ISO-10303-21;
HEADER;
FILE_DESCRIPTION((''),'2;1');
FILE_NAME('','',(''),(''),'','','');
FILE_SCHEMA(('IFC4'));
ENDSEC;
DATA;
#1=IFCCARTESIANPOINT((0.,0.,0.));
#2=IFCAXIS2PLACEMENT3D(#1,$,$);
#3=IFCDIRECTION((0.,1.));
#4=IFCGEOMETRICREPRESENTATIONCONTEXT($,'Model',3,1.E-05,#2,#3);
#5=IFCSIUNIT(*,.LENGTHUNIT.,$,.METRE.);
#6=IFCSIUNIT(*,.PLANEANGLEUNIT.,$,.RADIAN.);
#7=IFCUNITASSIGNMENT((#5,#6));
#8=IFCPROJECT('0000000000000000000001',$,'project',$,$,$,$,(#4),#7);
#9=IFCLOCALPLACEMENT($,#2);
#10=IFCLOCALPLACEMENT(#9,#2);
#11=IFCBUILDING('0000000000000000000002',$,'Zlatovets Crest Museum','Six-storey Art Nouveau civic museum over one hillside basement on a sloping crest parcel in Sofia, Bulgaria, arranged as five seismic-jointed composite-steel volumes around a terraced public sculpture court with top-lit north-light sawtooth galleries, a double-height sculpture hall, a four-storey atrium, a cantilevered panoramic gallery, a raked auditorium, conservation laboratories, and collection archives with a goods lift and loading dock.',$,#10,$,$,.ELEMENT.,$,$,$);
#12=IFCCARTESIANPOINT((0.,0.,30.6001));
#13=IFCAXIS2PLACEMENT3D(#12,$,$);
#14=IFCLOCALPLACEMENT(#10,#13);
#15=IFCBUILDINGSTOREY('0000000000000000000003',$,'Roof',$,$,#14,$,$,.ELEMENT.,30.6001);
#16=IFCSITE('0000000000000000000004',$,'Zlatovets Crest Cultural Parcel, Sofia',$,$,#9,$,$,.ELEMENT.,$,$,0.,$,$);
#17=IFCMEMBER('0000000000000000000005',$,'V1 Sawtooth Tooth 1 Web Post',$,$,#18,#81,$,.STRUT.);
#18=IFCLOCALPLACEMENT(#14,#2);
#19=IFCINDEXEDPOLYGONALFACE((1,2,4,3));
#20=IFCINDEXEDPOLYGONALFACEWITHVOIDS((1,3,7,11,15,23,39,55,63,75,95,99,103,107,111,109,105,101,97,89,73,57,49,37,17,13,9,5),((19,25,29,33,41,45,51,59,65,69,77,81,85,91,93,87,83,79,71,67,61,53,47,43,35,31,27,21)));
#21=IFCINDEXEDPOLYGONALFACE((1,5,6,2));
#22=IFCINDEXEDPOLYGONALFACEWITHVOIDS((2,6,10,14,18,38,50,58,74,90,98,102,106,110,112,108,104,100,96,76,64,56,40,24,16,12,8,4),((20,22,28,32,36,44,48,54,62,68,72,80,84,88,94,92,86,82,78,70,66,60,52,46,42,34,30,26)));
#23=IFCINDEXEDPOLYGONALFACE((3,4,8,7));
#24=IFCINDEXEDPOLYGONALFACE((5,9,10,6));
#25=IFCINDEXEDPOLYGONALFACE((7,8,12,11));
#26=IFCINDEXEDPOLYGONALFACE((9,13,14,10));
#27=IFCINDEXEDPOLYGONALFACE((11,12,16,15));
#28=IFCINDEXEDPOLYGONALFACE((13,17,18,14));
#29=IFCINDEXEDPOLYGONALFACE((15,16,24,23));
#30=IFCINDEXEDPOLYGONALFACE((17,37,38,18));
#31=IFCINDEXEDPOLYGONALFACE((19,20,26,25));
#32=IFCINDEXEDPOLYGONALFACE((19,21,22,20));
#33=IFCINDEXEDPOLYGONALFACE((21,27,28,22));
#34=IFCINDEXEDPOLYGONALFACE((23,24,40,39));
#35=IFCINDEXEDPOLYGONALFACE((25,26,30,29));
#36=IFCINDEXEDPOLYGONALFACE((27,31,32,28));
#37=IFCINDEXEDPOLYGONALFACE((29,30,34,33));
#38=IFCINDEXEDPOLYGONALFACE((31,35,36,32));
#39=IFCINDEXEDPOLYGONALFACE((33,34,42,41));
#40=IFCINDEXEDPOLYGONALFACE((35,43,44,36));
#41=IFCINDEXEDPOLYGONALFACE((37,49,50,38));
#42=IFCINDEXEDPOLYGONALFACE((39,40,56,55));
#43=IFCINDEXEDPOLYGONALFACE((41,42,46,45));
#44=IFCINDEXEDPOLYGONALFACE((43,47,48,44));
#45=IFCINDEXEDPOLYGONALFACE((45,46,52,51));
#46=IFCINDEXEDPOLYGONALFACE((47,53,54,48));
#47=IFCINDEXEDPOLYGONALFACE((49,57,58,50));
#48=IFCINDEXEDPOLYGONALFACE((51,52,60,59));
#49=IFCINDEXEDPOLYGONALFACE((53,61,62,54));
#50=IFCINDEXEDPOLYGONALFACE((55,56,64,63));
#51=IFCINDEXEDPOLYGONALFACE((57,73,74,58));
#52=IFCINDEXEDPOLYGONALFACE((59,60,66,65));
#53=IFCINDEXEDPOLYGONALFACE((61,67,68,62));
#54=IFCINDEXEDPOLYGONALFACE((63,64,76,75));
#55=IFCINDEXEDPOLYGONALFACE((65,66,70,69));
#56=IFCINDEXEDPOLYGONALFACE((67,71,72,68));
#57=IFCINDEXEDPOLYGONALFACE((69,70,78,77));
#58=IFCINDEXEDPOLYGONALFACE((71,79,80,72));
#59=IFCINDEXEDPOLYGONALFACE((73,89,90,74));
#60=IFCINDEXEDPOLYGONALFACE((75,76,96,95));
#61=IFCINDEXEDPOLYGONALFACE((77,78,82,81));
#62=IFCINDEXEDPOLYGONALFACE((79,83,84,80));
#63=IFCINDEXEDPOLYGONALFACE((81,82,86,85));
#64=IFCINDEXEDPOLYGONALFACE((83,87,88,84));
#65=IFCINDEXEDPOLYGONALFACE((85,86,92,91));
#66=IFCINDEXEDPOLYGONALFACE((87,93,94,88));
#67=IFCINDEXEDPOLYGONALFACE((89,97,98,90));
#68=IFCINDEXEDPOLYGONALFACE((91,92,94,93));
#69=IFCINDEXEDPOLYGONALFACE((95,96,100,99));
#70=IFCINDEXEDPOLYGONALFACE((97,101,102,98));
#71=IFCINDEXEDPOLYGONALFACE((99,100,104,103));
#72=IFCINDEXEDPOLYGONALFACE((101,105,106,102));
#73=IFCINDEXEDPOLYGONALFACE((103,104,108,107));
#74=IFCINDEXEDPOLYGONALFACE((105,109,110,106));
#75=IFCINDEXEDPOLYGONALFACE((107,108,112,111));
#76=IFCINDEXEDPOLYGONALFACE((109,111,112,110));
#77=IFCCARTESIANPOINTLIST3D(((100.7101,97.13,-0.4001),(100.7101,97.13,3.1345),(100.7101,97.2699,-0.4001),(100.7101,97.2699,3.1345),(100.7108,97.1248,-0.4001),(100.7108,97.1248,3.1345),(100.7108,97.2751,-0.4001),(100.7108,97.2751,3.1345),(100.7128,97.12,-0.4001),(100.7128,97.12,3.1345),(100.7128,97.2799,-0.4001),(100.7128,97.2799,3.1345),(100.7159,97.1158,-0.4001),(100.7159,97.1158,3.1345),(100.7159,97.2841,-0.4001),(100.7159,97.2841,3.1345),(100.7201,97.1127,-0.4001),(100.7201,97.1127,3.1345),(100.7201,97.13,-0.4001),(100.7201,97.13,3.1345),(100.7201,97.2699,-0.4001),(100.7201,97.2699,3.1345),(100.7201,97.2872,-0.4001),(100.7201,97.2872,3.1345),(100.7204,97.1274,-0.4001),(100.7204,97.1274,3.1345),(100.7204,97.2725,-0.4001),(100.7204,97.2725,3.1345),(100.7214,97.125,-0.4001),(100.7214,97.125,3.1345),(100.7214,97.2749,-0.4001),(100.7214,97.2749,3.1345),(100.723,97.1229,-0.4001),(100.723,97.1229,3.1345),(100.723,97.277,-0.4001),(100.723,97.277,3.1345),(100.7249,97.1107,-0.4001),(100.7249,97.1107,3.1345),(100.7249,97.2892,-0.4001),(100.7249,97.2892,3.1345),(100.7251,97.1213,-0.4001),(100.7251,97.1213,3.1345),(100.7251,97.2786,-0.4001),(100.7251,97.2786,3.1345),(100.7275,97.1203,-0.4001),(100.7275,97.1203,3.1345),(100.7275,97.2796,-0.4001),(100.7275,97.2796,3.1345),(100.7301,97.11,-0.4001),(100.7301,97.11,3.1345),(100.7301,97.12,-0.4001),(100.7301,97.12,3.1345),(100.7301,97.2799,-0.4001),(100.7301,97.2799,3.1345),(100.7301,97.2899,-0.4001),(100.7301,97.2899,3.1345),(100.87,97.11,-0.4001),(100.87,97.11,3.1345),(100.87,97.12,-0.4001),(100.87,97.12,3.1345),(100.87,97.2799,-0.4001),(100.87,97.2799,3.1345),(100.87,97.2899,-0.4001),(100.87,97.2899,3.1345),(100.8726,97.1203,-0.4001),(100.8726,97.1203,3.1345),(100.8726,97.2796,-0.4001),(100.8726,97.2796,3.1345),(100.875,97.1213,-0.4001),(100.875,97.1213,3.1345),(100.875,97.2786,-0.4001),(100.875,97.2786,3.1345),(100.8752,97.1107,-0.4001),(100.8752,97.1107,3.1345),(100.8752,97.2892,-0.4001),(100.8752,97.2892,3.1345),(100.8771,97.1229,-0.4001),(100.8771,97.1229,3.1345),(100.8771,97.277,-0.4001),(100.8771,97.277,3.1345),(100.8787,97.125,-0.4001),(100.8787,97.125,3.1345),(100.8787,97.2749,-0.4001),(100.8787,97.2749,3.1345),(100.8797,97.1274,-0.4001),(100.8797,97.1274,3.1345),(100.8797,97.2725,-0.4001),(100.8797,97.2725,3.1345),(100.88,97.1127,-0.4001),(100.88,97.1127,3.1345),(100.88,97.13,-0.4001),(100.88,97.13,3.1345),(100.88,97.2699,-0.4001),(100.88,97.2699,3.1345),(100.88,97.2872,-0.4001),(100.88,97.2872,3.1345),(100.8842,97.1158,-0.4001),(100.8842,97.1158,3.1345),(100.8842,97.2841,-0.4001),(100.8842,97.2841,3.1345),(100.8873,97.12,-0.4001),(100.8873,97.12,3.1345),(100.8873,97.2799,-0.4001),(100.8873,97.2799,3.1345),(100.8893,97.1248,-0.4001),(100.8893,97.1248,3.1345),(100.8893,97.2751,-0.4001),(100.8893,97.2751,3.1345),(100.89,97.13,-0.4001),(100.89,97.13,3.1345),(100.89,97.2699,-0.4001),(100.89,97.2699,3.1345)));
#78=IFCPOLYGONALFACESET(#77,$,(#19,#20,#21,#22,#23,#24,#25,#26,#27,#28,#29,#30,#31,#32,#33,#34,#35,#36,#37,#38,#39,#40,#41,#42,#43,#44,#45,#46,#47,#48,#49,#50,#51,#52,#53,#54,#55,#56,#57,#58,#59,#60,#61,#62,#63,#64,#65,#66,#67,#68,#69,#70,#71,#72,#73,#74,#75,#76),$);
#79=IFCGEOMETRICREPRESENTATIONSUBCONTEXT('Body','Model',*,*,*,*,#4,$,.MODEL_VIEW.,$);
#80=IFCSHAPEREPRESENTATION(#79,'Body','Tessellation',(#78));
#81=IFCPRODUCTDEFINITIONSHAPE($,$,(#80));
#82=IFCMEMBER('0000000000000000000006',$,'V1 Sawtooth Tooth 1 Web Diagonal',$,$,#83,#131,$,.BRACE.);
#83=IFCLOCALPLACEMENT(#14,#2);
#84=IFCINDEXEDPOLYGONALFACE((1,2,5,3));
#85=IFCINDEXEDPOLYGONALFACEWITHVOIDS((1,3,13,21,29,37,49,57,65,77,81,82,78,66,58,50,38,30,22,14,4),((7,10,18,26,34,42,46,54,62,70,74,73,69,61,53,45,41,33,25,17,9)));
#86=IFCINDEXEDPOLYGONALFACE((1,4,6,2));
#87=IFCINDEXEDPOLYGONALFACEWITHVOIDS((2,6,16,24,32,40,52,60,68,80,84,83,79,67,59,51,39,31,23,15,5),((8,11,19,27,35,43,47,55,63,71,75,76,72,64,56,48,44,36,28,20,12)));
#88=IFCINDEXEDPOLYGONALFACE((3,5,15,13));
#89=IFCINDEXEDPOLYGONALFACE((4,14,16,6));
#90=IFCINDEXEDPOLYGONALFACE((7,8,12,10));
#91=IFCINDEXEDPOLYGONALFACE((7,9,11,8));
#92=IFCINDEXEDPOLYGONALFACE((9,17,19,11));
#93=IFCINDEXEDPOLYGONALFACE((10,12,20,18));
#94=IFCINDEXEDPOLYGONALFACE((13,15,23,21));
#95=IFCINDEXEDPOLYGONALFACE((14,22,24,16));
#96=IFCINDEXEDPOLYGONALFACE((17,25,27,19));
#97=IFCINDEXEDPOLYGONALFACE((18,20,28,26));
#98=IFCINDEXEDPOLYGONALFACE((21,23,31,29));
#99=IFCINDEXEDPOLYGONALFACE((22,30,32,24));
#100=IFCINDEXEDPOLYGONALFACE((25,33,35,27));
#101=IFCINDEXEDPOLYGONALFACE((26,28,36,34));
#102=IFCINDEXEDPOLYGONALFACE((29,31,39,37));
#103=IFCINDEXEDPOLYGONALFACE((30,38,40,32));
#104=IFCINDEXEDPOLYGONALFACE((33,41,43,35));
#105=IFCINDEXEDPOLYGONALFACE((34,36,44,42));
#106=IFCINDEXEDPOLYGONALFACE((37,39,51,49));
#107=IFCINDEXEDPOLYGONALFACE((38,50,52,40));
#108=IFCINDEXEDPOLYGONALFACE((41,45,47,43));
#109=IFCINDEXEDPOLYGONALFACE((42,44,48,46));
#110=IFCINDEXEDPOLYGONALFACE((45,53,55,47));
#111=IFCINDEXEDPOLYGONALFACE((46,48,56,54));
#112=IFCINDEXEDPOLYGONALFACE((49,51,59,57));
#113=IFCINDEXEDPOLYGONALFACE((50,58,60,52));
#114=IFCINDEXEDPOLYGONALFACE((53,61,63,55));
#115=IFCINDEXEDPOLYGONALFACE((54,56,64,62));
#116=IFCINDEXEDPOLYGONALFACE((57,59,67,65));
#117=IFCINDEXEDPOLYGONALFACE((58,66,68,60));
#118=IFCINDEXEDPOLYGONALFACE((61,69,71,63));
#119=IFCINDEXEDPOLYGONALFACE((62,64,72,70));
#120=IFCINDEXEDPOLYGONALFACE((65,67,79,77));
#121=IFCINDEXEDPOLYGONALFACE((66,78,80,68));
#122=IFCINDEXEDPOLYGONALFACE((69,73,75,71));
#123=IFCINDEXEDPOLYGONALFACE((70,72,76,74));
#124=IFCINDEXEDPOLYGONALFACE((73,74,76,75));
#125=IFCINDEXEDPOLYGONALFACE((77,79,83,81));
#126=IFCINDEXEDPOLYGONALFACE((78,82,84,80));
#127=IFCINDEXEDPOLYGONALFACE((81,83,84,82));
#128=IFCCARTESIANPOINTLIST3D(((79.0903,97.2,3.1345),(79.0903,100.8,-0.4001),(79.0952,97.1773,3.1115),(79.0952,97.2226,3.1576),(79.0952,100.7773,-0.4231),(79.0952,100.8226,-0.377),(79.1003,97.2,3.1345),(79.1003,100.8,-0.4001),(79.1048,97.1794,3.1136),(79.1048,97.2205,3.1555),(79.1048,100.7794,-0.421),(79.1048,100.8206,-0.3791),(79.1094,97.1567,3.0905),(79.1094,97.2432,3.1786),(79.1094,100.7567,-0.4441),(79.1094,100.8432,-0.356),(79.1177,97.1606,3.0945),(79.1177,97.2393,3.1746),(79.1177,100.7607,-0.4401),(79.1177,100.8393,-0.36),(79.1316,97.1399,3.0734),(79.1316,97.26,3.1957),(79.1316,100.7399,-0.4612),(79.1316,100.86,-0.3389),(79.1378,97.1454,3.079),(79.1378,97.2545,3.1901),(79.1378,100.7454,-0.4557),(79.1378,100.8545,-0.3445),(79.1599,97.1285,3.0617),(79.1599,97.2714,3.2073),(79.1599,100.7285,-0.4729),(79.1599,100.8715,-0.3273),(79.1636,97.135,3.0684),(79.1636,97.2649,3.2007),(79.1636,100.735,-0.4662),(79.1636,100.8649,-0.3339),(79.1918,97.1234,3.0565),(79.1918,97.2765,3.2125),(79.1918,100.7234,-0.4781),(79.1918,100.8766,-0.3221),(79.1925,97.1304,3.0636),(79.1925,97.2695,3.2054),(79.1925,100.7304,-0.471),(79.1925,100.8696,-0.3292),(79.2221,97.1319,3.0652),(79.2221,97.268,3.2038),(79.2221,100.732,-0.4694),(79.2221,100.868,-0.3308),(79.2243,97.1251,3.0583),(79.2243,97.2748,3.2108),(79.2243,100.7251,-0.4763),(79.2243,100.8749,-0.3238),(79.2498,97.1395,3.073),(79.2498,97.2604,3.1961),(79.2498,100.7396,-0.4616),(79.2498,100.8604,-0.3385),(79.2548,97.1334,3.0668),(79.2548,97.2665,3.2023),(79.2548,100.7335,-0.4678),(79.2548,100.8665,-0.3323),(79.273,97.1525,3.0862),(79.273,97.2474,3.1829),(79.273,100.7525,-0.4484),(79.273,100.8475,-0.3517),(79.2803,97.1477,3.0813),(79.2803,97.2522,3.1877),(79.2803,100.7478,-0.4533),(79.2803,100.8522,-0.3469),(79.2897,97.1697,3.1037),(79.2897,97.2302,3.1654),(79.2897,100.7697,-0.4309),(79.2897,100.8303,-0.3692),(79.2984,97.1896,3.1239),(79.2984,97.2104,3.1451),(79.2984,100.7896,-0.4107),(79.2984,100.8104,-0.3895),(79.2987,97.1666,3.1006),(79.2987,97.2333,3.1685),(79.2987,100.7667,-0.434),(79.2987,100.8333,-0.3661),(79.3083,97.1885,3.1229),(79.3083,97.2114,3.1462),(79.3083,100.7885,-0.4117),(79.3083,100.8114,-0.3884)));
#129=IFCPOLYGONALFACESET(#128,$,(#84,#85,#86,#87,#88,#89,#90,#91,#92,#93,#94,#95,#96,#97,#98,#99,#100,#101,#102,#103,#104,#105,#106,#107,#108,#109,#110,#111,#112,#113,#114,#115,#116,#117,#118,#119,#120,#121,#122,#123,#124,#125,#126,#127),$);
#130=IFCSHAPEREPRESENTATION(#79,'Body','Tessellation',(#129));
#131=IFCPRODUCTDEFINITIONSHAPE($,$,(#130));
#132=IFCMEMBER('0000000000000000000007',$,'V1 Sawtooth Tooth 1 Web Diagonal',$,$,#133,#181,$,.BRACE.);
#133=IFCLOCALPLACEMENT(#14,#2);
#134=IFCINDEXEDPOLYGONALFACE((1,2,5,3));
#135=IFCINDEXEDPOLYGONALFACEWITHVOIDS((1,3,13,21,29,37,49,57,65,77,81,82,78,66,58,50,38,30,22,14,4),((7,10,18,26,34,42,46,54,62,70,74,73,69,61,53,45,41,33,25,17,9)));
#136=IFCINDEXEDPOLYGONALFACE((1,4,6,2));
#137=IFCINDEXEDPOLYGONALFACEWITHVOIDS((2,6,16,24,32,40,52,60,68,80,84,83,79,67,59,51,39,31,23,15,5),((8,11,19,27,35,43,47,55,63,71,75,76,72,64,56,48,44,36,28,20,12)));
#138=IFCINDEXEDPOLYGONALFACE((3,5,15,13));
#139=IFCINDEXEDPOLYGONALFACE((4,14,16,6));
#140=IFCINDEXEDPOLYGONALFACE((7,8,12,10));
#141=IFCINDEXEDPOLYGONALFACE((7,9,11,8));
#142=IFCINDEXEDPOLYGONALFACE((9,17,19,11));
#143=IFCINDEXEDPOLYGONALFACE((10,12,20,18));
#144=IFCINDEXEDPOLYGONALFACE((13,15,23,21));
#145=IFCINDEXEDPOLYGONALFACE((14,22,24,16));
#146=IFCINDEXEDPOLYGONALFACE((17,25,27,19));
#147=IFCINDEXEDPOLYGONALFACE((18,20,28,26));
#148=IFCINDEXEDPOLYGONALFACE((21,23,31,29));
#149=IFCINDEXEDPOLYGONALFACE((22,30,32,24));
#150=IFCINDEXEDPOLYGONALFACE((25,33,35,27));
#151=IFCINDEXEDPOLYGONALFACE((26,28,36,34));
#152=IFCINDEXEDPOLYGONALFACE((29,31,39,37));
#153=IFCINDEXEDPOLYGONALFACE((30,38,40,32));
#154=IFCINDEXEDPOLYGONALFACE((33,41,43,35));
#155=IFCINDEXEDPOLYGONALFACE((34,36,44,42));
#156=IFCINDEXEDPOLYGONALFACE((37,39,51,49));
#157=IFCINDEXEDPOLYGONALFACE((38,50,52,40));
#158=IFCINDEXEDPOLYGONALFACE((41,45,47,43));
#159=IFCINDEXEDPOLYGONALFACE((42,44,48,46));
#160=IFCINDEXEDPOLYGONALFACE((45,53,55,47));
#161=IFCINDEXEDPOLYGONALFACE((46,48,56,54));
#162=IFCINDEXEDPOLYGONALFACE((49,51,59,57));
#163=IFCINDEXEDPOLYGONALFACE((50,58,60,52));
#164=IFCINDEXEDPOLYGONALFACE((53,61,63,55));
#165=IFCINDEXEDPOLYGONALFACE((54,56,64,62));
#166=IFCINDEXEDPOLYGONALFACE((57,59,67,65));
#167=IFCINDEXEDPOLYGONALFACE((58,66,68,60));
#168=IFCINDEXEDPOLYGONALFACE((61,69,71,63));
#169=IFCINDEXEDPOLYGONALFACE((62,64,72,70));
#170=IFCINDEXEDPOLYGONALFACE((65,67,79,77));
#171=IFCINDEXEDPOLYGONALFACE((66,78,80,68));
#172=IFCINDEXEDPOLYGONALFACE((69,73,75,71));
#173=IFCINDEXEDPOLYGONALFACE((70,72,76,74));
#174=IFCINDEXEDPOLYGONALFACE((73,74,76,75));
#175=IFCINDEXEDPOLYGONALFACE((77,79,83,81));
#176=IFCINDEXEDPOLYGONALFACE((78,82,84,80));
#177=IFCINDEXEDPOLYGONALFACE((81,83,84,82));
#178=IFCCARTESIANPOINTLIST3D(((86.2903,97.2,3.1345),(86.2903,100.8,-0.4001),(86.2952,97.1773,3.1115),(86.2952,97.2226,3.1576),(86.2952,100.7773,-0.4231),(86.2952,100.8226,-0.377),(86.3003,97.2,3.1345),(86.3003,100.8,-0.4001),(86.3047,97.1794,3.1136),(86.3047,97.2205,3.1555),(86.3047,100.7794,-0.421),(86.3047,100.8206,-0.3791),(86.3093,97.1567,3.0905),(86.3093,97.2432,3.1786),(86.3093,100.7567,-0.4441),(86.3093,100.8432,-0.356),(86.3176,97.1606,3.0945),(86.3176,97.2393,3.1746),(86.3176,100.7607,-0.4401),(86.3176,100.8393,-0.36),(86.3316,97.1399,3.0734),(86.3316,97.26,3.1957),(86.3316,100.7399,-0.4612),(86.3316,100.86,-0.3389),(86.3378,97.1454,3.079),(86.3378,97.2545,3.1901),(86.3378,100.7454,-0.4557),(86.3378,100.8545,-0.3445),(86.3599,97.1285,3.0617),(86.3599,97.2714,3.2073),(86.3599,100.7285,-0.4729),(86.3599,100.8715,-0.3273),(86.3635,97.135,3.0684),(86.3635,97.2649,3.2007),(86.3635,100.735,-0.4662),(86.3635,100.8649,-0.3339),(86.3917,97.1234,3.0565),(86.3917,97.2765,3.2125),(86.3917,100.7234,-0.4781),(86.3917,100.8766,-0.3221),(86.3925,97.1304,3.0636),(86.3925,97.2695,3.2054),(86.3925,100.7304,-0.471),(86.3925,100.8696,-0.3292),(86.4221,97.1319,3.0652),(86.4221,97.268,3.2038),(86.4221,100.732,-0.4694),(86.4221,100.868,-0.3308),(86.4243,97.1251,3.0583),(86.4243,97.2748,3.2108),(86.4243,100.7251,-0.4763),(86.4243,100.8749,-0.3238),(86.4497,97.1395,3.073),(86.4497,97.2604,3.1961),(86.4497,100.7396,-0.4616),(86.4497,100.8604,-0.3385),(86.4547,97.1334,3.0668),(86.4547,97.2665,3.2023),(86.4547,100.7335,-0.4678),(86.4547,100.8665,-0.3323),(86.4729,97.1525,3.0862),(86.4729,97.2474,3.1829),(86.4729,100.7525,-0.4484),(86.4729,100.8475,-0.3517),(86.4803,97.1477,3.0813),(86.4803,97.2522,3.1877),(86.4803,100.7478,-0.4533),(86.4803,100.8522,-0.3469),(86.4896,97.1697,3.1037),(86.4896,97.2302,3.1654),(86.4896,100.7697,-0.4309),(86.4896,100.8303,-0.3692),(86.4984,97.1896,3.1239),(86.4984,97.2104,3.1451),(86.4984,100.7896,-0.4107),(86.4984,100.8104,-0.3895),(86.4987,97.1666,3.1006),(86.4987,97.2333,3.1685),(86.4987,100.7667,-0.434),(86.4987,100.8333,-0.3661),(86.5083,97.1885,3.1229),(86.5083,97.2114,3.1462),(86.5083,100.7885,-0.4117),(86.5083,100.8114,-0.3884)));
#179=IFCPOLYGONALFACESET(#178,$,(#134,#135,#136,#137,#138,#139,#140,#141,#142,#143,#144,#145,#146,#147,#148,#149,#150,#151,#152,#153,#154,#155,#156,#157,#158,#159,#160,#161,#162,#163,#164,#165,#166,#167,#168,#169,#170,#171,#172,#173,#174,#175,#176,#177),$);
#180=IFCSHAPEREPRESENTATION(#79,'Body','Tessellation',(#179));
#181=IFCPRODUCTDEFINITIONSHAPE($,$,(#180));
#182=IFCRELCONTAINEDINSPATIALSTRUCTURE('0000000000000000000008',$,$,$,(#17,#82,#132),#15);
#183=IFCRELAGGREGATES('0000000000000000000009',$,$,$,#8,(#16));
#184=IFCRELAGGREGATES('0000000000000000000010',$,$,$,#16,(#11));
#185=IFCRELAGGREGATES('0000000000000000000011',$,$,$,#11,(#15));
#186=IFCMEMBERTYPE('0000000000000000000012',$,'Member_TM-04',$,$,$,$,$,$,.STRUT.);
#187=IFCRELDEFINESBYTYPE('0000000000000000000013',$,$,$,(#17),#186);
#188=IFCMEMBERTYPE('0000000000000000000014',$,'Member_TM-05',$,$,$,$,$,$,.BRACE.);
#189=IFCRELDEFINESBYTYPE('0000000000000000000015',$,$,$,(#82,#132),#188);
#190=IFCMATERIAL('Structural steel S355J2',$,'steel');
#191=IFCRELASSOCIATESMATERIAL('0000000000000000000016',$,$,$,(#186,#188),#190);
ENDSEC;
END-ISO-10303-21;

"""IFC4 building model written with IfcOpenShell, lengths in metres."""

from ifc_helpers import new_model, si_unit, direction, frame, origin, origin_2d, place, context, subcontext, project, spatial, hollow_rectangle, hollow_circle, extrude, material, material_profile, profile_set, type_object, element, save


model = new_model("IFC4")

# Units and contexts
model_context = context("Model", 3, precision=1e-05, world=origin(), true_north=direction((0.0, 1.0)))
body_context = subcontext(model_context, "Body", "Model", "MODEL_VIEW")
ifc_project = project(units=[si_unit("LENGTHUNIT", "METRE"), si_unit("PLANEANGLEUNIT", "RADIAN")], contexts=[model_context])

# Site, building, storey
site_placement = place(None, origin())
site = spatial("IfcSite", under=ifc_project, at=site_placement, Name="Zlatovets Crest Cultural Parcel, Sofia", CompositionType="ELEMENT", RefElevation=0.0)
building_placement = place(site_placement, origin())
building = spatial("IfcBuilding", under=site, at=building_placement, Name="Zlatovets Crest Museum", Description="Six-storey Art Nouveau civic museum over one hillside basement on a sloping crest parcel in Sofia, Bulgaria, arranged as five seismic-jointed composite-steel volumes around a terraced public sculpture court with top-lit north-light sawtooth galleries, a double-height sculpture hall, a four-storey atrium, a cantilevered panoramic gallery, a raked auditorium, conservation laboratories, and collection archives with a goods lift and loading dock.", CompositionType="ELEMENT")
storey_placement = place(building_placement, frame((0.0, 0.0, 30.6001)))
storey = spatial("IfcBuildingStorey", under=building, at=storey_placement, Name="Roof", CompositionType="ELEMENT", Elevation=30.6001)

# Shared definitions
ifc_material_1 = material(Name="Structural steel S355J2", Category="steel")

# Members
ifc_material_profile_1 = material_profile(ifc_material_1, hollow_rectangle(XDim=0.1799, YDim=0.1799, WallThickness=0.01, InnerFilletRadius=0.01, OuterFilletRadius=0.02, at=origin_2d()), Name="SHS 180x180x10.0")
ifc_profile_set_1 = profile_set([ifc_material_profile_1], Name="Structural steel S355J2")
member_type_1 = type_object("IfcMemberType", Name="Member_TM-04", PredefinedType="STRUT", material=ifc_profile_set_1)
for number, where, z_axis, x_axis, name in (
    (1, (100.8, 97.2, -0.4001), (0.0, 0.0, 1.0), (1.0, 0.0, 0.0), "V1 Sawtooth Tooth 1 Web Post"),
):
    element("IfcMember", number, at=place(storey_placement, frame(where, z_axis=z_axis, x_axis=x_axis)), inside=storey, type_object=member_type_1, Name=name, PredefinedType="STRUT", context=body_context, shape_type="SweptSolid", body=[
        extrude(hollow_rectangle(XDim=0.1799, YDim=0.1799, WallThickness=0.01, InnerFilletRadius=0.01, OuterFilletRadius=0.02, at=origin_2d()), origin(), (0.0, 0.0, 1.0), 3.5347),
    ])
ifc_material_profile_2 = material_profile(ifc_material_1, hollow_circle(Radius=0.1096, WallThickness=0.01, at=origin_2d()), Name="CHS 219.1x10.0")
ifc_profile_set_2 = profile_set([ifc_material_profile_2], Name="Structural steel S355J2")
member_type_2 = type_object("IfcMemberType", Name="Member_TM-05", PredefinedType="BRACE", material=ifc_profile_set_2)
for number, where, z_axis, x_axis, name in (
    (2, (79.2, 97.2, 3.1345), (0.0, 0.713561, -0.700593), (-1.0, 0.0, 0.0), "V1 Sawtooth Tooth 1 Web Diagonal"),
    (3, (86.3999, 97.2, 3.1345), (0.0, 0.713561, -0.700593), (-1.0, 0.0, 0.0), "V1 Sawtooth Tooth 1 Web Diagonal"),
):
    element("IfcMember", number, at=place(storey_placement, frame(where, z_axis=z_axis, x_axis=x_axis)), inside=storey, type_object=member_type_2, Name=name, PredefinedType="BRACE", context=body_context, shape_type="SweptSolid", body=[
        extrude(hollow_circle(Radius=0.1096, WallThickness=0.01, at=origin_2d()), origin(), (0.0, 0.0, 1.0), 5.0452),
    ])

save(model, "model.ifc")
